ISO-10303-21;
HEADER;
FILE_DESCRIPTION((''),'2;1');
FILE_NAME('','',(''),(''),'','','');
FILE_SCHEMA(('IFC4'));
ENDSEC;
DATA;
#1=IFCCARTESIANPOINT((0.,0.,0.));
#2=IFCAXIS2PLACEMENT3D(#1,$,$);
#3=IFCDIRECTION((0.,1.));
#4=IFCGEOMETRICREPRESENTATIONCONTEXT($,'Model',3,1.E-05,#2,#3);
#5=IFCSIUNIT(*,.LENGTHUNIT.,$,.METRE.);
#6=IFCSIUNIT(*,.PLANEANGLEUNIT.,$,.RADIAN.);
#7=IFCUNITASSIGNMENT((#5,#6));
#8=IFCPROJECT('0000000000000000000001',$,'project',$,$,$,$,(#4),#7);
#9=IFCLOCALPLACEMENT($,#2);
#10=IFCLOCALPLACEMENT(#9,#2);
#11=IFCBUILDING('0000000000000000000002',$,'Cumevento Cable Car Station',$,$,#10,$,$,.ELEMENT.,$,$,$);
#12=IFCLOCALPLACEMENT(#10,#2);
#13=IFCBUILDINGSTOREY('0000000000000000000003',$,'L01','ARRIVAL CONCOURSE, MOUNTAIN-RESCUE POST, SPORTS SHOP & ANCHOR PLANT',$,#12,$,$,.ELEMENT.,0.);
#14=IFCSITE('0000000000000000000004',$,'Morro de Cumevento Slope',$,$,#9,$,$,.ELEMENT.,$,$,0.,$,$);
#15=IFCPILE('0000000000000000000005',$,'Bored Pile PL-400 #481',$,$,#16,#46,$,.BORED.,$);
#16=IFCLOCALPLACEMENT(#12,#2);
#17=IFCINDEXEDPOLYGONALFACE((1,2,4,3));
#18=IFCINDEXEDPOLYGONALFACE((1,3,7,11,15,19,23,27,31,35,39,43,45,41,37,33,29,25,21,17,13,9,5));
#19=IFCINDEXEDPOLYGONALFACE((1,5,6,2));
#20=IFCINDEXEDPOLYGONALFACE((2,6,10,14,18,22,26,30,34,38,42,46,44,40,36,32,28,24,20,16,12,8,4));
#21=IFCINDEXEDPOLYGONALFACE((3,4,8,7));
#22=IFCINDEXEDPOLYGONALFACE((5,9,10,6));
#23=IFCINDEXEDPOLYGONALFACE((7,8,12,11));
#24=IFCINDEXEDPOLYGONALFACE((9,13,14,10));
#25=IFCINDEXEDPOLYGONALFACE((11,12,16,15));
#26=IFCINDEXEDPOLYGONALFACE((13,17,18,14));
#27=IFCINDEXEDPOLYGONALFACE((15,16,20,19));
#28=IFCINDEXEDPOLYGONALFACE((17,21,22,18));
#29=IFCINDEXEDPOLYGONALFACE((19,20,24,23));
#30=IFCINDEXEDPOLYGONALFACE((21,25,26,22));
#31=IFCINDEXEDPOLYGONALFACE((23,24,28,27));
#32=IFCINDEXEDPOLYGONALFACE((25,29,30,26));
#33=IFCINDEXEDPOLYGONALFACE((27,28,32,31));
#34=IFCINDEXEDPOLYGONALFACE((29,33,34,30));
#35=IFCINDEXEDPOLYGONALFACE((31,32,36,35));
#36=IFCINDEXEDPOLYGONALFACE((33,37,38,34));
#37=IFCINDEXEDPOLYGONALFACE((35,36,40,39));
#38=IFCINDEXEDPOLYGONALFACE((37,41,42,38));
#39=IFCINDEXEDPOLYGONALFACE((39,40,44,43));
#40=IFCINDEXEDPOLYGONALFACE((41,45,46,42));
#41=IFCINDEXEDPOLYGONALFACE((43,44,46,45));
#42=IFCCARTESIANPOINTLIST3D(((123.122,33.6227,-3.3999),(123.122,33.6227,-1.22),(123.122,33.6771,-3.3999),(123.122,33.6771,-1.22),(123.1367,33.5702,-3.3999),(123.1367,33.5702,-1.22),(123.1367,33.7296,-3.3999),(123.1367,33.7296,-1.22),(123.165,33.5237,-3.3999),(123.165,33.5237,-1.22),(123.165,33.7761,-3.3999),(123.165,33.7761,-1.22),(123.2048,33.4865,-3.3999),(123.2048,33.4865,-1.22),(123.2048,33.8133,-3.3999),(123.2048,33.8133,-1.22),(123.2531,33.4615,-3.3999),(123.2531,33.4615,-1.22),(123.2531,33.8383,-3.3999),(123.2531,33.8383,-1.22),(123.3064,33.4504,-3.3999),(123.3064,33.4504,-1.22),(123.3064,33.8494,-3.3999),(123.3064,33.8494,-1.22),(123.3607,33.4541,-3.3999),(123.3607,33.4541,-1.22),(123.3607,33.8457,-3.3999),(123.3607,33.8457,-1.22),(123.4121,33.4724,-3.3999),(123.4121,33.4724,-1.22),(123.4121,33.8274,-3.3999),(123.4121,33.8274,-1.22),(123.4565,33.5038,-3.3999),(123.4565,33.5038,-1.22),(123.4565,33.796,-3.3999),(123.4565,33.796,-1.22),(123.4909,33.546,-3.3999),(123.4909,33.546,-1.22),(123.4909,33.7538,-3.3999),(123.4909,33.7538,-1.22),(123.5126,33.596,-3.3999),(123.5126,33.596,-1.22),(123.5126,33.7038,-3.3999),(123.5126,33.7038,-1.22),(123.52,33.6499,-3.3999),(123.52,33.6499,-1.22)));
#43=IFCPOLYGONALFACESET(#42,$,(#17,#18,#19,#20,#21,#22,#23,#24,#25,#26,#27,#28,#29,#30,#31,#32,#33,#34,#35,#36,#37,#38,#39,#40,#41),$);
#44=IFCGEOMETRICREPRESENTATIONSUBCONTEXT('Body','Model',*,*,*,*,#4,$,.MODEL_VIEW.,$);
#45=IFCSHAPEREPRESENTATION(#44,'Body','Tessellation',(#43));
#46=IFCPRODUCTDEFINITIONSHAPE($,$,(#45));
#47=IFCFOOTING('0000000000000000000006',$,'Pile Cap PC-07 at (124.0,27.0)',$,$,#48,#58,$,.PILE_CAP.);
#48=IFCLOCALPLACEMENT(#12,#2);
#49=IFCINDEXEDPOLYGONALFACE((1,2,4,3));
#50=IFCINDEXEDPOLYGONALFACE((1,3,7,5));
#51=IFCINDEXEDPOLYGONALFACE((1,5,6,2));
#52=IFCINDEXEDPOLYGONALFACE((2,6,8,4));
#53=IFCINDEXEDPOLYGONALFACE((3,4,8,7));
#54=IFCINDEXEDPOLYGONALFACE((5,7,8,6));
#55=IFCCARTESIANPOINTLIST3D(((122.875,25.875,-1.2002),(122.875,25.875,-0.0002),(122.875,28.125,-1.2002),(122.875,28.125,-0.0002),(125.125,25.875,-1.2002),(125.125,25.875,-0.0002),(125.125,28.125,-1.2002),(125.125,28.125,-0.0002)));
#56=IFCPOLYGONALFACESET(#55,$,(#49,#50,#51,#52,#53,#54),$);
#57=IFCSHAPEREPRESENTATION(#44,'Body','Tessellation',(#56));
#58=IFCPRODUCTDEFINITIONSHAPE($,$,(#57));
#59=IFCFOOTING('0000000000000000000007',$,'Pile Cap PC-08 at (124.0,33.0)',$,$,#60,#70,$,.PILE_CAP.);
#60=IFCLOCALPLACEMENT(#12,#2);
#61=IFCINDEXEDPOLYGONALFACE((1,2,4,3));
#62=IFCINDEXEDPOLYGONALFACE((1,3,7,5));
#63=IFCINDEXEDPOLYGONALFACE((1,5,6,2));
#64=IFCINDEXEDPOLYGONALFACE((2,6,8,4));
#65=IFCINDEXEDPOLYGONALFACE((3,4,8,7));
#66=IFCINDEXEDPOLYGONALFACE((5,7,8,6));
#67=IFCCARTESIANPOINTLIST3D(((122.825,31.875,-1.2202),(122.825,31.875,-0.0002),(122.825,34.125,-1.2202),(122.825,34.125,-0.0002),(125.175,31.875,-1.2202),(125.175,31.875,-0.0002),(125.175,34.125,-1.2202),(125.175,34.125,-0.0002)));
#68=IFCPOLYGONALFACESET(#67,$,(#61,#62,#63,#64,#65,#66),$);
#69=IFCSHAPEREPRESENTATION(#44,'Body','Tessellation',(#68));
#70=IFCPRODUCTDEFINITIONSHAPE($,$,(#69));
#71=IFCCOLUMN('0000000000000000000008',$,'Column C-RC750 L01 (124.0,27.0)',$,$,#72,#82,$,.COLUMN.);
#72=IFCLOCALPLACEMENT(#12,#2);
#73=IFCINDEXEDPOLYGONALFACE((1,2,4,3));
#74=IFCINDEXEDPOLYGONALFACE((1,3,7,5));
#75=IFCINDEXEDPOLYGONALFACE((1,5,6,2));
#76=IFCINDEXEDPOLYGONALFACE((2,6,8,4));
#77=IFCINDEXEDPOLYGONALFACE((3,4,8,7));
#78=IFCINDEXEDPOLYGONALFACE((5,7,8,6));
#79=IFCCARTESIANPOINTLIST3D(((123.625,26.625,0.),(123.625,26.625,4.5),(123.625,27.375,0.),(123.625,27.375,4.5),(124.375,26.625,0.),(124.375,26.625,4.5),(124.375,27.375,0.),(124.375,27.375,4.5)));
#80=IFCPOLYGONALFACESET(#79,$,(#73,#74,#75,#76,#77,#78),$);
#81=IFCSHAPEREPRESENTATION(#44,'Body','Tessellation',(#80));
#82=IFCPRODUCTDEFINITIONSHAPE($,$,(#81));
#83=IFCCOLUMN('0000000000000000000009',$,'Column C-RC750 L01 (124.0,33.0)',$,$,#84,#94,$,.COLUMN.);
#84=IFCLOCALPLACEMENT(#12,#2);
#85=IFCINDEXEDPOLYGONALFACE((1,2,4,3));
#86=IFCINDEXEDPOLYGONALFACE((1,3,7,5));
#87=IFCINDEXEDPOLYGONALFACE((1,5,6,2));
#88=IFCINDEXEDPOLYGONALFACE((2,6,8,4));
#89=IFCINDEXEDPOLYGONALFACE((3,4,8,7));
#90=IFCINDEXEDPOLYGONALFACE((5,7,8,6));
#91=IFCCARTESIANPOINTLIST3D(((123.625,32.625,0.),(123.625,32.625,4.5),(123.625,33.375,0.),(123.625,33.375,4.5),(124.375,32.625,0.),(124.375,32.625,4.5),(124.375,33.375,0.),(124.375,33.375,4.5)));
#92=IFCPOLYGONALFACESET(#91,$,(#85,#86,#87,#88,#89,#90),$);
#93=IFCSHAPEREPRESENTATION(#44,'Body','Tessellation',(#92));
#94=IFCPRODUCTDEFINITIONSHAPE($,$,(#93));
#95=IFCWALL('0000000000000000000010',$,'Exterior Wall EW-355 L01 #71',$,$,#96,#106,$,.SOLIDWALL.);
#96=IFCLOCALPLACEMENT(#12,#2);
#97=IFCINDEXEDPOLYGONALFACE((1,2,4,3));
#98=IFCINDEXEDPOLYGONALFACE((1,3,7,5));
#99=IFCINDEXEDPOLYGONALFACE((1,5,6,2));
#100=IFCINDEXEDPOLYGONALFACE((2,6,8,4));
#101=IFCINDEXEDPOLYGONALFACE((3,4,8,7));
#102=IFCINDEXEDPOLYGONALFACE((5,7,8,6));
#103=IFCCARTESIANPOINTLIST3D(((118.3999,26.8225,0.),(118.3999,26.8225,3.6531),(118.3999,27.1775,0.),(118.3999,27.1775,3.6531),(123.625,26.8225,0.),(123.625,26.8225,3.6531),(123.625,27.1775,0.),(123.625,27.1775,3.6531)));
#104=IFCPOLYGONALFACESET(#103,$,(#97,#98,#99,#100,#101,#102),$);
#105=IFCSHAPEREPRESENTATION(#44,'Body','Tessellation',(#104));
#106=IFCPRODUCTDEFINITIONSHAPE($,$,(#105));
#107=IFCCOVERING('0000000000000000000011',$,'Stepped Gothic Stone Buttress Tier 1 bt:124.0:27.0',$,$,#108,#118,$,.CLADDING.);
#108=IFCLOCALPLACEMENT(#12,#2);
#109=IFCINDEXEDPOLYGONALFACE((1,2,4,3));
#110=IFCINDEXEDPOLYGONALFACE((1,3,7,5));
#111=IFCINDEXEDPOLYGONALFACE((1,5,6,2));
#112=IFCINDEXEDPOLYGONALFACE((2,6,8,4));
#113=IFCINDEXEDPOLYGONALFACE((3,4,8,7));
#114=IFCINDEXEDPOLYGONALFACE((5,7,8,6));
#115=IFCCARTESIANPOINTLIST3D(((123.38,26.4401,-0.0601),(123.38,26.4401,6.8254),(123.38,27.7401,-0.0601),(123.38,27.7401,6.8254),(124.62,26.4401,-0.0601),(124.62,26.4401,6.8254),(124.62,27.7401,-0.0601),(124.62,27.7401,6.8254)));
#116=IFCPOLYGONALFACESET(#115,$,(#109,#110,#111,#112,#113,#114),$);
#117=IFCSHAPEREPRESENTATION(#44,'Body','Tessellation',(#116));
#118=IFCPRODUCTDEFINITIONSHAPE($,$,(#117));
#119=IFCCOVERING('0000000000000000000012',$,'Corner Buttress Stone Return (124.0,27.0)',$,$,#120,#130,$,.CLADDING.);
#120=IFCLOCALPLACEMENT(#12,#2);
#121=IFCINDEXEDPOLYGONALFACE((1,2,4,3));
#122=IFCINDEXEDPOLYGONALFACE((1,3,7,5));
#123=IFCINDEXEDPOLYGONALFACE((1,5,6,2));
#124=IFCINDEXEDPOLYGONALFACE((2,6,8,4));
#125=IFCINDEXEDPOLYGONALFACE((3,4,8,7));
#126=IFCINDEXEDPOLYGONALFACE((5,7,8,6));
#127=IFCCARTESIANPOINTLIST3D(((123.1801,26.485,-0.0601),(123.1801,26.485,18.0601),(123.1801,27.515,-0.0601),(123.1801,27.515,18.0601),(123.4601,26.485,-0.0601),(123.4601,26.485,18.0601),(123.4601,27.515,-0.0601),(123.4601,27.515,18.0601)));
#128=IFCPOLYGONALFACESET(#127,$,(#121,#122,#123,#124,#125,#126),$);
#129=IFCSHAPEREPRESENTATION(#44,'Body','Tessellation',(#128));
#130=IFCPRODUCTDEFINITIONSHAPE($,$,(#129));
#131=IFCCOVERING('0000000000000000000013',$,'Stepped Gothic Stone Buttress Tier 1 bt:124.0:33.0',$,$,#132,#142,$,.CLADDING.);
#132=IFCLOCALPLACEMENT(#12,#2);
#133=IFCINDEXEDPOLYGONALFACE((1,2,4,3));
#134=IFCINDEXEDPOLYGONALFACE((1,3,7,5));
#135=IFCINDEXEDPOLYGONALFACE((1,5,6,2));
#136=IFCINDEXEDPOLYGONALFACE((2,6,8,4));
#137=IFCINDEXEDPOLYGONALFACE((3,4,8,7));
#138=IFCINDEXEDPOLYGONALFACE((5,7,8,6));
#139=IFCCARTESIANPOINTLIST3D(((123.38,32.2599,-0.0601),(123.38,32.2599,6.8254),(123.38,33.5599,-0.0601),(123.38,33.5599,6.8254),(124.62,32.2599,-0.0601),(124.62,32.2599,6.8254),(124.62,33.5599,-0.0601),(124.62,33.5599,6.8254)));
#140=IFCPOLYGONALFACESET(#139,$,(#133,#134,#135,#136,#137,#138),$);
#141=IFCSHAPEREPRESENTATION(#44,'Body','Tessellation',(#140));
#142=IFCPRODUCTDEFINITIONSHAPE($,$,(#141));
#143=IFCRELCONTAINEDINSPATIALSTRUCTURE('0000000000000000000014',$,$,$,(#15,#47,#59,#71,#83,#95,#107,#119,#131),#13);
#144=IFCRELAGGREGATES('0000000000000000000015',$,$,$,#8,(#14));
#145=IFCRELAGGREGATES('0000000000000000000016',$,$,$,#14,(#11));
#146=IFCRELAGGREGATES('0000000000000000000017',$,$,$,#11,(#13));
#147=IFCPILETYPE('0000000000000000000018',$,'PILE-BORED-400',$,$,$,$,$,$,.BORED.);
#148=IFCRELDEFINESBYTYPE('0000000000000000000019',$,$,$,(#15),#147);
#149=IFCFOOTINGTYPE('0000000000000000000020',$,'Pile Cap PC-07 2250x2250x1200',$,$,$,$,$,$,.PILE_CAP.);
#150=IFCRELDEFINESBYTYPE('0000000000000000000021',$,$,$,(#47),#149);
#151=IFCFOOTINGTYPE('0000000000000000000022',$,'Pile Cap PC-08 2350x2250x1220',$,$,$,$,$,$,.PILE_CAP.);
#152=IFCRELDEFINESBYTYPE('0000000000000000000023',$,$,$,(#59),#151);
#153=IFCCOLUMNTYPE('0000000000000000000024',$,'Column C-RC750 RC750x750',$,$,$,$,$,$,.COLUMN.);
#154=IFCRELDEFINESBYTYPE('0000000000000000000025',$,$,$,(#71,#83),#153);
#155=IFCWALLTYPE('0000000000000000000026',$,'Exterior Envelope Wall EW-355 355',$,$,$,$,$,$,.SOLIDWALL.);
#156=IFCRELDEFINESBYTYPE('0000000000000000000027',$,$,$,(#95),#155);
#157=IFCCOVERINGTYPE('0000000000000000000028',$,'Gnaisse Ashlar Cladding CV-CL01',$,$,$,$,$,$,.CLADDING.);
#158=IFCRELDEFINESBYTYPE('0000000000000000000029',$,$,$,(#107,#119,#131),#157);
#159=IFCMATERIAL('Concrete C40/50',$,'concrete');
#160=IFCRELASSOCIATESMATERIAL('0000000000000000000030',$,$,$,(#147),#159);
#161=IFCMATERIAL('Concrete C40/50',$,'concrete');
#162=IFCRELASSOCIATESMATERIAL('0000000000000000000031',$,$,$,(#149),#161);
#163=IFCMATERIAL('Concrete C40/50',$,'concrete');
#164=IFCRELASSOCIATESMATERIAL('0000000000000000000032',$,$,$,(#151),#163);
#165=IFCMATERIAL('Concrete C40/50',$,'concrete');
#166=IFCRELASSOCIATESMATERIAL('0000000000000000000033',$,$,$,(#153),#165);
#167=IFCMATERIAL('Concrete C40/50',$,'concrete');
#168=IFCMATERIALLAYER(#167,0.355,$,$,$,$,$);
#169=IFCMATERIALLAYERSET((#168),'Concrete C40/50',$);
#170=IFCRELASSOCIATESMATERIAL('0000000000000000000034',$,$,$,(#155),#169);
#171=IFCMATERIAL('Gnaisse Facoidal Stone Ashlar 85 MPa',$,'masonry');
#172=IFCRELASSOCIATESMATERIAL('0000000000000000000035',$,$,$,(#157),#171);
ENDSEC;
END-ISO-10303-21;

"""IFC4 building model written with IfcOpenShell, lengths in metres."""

from ifc_helpers import new_model, si_unit, direction, frame, frame_2d, origin, origin_2d, place, context, subcontext, project, spatial, rectangle, circle, extrude, material, layer, layer_set, material_profile, profile_set, type_object, element, save


model = new_model("IFC4")

# Units and contexts
model_context = context("Model", 3, precision=1e-05, world=origin(), true_north=direction((0.0, 1.0)))
body_context = subcontext(model_context, "Body", "Model", "MODEL_VIEW")
ifc_project = project(units=[si_unit("LENGTHUNIT", "METRE"), si_unit("PLANEANGLEUNIT", "RADIAN")], contexts=[model_context])

# Site, building, storey
site_placement = place(None, origin())
site = spatial("IfcSite", under=ifc_project, at=site_placement, Name="Morro de Cumevento Slope", CompositionType="ELEMENT", RefElevation=0.0)
building_placement = place(site_placement, origin())
building = spatial("IfcBuilding", under=site, at=building_placement, Name="Cumevento Cable Car Station", CompositionType="ELEMENT")
storey_placement = place(building_placement, origin())
storey = spatial("IfcBuildingStorey", under=building, at=storey_placement, Name="L01", Description="ARRIVAL CONCOURSE, MOUNTAIN-RESCUE POST, SPORTS SHOP & ANCHOR PLANT", CompositionType="ELEMENT", Elevation=0.0)

# Pile
ifc_material_1 = material(Name="Concrete C40/50", Category="concrete")
ifc_material_profile_1 = material_profile(ifc_material_1, circle(Radius=0.2, at=origin_2d()), Name="PILE-D400")
ifc_profile_set_1 = profile_set([ifc_material_profile_1], Name="Concrete C40/50")
pile_type = type_object("IfcPileType", Name="PILE-BORED-400", PredefinedType="BORED", material=ifc_profile_set_1)
for number, where, z_axis, x_axis, name in (
    (1, (123.3201, 33.6499, -1.22), (0.0, 0.0, -1.0), (1.0, 0.0, 0.0), "Bored Pile PL-400 #481"),
):
    element("IfcPile", number, at=place(storey_placement, frame(where, z_axis=z_axis, x_axis=x_axis)), inside=storey, type_object=pile_type, Name=name, PredefinedType="BORED", context=body_context, shape_type="SweptSolid", body=[
        extrude(circle(Radius=0.2, at=origin_2d()), origin(), (0.0, 0.0, 1.0), 2.1799),
    ])

# Footings
ifc_material_2 = material(Name="Concrete C40/50", Category="concrete")
footing_type_1 = type_object("IfcFootingType", Name="Pile Cap PC-07 2250x2250x1200", PredefinedType="PILE_CAP", material=ifc_material_2)
footing_1_placement = place(storey_placement, frame((124.0, 27.0, -1.2002), z_axis=(0.0, 0.0, 1.0), x_axis=(1.0, 0.0, 0.0)))
element("IfcFooting", 2, at=footing_1_placement, inside=storey, type_object=footing_type_1, Name="Pile Cap PC-07 at (124.0,27.0)", PredefinedType="PILE_CAP", context=body_context, shape_type="SweptSolid", body=[
    extrude(rectangle(XDim=2.25, YDim=2.25, at=origin_2d()), origin(), (0.0, 0.0, 1.0), 1.2),
])
ifc_material_3 = material(Name="Concrete C40/50", Category="concrete")
footing_type_2 = type_object("IfcFootingType", Name="Pile Cap PC-08 2350x2250x1220", PredefinedType="PILE_CAP", material=ifc_material_3)
footing_2_placement = place(storey_placement, frame((124.0, 33.0, -1.2202), z_axis=(0.0, 0.0, 1.0), x_axis=(1.0, 0.0, 0.0)))
element("IfcFooting", 3, at=footing_2_placement, inside=storey, type_object=footing_type_2, Name="Pile Cap PC-08 at (124.0,33.0)", PredefinedType="PILE_CAP", context=body_context, shape_type="SweptSolid", body=[
    extrude(rectangle(XDim=2.3501, YDim=2.25, at=origin_2d()), origin(), (0.0, 0.0, 1.0), 1.22),
])

# Columns
ifc_material_4 = material(Name="Concrete C40/50", Category="concrete")
ifc_material_profile_2 = material_profile(ifc_material_4, rectangle(XDim=0.75, YDim=0.75, at=origin_2d()), Name="RC750x750")
ifc_profile_set_2 = profile_set([ifc_material_profile_2], Name="Concrete C40/50")
column_type = type_object("IfcColumnType", Name="Column C-RC750 RC750x750", PredefinedType="COLUMN", material=ifc_profile_set_2)
for number, where, z_axis, x_axis, name in (
    (4, (124.0, 27.0, 0.0), (0.0, 0.0, 1.0), (1.0, 0.0, 0.0), "Column C-RC750 L01 (124.0,27.0)"),
    (5, (124.0, 33.0, 0.0), (0.0, 0.0, 1.0), (1.0, 0.0, 0.0), "Column C-RC750 L01 (124.0,33.0)"),
):
    element("IfcColumn", number, at=place(storey_placement, frame(where, z_axis=z_axis, x_axis=x_axis)), inside=storey, type_object=column_type, Name=name, PredefinedType="COLUMN", context=body_context, shape_type="SweptSolid", body=[
        extrude(rectangle(XDim=0.75, YDim=0.75, at=origin_2d()), origin(), (0.0, 0.0, 1.0), 4.5),
    ])

# Wall
ifc_material_5 = material(Name="Concrete C40/50", Category="concrete")
ifc_layer = layer(ifc_material_5, 0.355)
ifc_layer_set = layer_set([ifc_layer], Name="Concrete C40/50")
wall_type = type_object("IfcWallType", Name="Exterior Envelope Wall EW-355 355", PredefinedType="SOLIDWALL", material=ifc_layer_set)
wall_placement = place(storey_placement, frame((118.3999, 27.0, 0.0), z_axis=(0.0, 0.0, 1.0), x_axis=(1.0, 0.0, 0.0)))
element("IfcWall", 6, at=wall_placement, inside=storey, type_object=wall_type, Name="Exterior Wall EW-355 L01 #71", PredefinedType="SOLIDWALL", context=body_context, shape_type="SweptSolid", body=[
    extrude(rectangle(XDim=5.2251, YDim=0.355, at=frame_2d((2.6125, 0.0))), origin(), (0.0, 0.0, 1.0), 3.6531),
])

# Coverings
ifc_material_6 = material(Name="Gnaisse Facoidal Stone Ashlar 85 MPa", Category="masonry")
covering_type = type_object("IfcCoveringType", Name="Gnaisse Ashlar Cladding CV-CL01", PredefinedType="CLADDING", material=ifc_material_6)
covering_1_placement = place(storey_placement, frame((124.0, 27.0901, -0.0601), z_axis=(0.0, 0.0, 1.0), x_axis=(-1.0, 0.0, 0.0)))
element("IfcCovering", 7, at=covering_1_placement, inside=storey, type_object=covering_type, Name="Stepped Gothic Stone Buttress Tier 1 bt:124.0:27.0", PredefinedType="CLADDING", context=body_context, shape_type="SweptSolid", body=[
    extrude(rectangle(XDim=1.24, YDim=1.3, at=origin_2d()), origin(), (0.0, 0.0, 1.0), 6.8855),
])
covering_2_placement = place(storey_placement, frame((123.3201, 27.0, -0.0601), z_axis=(0.0, 0.0, 1.0), x_axis=(1.0, 0.0, 0.0)))
element("IfcCovering", 8, at=covering_2_placement, inside=storey, type_object=covering_type, Name="Corner Buttress Stone Return (124.0,27.0)", PredefinedType="CLADDING", context=body_context, shape_type="SweptSolid", body=[
    extrude(rectangle(XDim=0.28, YDim=1.03, at=origin_2d()), origin(), (0.0, 0.0, 1.0), 18.1201),
])
covering_3_placement = place(storey_placement, frame((124.0, 32.9099, -0.0601), z_axis=(0.0, 0.0, 1.0), x_axis=(1.0, 0.0, 0.0)))
element("IfcCovering", 9, at=covering_3_placement, inside=storey, type_object=covering_type, Name="Stepped Gothic Stone Buttress Tier 1 bt:124.0:33.0", PredefinedType="CLADDING", context=body_context, shape_type="SweptSolid", body=[
    extrude(rectangle(XDim=1.24, YDim=1.3, at=origin_2d()), origin(), (0.0, 0.0, 1.0), 6.8855),
])

save(model, "model.ifc")
